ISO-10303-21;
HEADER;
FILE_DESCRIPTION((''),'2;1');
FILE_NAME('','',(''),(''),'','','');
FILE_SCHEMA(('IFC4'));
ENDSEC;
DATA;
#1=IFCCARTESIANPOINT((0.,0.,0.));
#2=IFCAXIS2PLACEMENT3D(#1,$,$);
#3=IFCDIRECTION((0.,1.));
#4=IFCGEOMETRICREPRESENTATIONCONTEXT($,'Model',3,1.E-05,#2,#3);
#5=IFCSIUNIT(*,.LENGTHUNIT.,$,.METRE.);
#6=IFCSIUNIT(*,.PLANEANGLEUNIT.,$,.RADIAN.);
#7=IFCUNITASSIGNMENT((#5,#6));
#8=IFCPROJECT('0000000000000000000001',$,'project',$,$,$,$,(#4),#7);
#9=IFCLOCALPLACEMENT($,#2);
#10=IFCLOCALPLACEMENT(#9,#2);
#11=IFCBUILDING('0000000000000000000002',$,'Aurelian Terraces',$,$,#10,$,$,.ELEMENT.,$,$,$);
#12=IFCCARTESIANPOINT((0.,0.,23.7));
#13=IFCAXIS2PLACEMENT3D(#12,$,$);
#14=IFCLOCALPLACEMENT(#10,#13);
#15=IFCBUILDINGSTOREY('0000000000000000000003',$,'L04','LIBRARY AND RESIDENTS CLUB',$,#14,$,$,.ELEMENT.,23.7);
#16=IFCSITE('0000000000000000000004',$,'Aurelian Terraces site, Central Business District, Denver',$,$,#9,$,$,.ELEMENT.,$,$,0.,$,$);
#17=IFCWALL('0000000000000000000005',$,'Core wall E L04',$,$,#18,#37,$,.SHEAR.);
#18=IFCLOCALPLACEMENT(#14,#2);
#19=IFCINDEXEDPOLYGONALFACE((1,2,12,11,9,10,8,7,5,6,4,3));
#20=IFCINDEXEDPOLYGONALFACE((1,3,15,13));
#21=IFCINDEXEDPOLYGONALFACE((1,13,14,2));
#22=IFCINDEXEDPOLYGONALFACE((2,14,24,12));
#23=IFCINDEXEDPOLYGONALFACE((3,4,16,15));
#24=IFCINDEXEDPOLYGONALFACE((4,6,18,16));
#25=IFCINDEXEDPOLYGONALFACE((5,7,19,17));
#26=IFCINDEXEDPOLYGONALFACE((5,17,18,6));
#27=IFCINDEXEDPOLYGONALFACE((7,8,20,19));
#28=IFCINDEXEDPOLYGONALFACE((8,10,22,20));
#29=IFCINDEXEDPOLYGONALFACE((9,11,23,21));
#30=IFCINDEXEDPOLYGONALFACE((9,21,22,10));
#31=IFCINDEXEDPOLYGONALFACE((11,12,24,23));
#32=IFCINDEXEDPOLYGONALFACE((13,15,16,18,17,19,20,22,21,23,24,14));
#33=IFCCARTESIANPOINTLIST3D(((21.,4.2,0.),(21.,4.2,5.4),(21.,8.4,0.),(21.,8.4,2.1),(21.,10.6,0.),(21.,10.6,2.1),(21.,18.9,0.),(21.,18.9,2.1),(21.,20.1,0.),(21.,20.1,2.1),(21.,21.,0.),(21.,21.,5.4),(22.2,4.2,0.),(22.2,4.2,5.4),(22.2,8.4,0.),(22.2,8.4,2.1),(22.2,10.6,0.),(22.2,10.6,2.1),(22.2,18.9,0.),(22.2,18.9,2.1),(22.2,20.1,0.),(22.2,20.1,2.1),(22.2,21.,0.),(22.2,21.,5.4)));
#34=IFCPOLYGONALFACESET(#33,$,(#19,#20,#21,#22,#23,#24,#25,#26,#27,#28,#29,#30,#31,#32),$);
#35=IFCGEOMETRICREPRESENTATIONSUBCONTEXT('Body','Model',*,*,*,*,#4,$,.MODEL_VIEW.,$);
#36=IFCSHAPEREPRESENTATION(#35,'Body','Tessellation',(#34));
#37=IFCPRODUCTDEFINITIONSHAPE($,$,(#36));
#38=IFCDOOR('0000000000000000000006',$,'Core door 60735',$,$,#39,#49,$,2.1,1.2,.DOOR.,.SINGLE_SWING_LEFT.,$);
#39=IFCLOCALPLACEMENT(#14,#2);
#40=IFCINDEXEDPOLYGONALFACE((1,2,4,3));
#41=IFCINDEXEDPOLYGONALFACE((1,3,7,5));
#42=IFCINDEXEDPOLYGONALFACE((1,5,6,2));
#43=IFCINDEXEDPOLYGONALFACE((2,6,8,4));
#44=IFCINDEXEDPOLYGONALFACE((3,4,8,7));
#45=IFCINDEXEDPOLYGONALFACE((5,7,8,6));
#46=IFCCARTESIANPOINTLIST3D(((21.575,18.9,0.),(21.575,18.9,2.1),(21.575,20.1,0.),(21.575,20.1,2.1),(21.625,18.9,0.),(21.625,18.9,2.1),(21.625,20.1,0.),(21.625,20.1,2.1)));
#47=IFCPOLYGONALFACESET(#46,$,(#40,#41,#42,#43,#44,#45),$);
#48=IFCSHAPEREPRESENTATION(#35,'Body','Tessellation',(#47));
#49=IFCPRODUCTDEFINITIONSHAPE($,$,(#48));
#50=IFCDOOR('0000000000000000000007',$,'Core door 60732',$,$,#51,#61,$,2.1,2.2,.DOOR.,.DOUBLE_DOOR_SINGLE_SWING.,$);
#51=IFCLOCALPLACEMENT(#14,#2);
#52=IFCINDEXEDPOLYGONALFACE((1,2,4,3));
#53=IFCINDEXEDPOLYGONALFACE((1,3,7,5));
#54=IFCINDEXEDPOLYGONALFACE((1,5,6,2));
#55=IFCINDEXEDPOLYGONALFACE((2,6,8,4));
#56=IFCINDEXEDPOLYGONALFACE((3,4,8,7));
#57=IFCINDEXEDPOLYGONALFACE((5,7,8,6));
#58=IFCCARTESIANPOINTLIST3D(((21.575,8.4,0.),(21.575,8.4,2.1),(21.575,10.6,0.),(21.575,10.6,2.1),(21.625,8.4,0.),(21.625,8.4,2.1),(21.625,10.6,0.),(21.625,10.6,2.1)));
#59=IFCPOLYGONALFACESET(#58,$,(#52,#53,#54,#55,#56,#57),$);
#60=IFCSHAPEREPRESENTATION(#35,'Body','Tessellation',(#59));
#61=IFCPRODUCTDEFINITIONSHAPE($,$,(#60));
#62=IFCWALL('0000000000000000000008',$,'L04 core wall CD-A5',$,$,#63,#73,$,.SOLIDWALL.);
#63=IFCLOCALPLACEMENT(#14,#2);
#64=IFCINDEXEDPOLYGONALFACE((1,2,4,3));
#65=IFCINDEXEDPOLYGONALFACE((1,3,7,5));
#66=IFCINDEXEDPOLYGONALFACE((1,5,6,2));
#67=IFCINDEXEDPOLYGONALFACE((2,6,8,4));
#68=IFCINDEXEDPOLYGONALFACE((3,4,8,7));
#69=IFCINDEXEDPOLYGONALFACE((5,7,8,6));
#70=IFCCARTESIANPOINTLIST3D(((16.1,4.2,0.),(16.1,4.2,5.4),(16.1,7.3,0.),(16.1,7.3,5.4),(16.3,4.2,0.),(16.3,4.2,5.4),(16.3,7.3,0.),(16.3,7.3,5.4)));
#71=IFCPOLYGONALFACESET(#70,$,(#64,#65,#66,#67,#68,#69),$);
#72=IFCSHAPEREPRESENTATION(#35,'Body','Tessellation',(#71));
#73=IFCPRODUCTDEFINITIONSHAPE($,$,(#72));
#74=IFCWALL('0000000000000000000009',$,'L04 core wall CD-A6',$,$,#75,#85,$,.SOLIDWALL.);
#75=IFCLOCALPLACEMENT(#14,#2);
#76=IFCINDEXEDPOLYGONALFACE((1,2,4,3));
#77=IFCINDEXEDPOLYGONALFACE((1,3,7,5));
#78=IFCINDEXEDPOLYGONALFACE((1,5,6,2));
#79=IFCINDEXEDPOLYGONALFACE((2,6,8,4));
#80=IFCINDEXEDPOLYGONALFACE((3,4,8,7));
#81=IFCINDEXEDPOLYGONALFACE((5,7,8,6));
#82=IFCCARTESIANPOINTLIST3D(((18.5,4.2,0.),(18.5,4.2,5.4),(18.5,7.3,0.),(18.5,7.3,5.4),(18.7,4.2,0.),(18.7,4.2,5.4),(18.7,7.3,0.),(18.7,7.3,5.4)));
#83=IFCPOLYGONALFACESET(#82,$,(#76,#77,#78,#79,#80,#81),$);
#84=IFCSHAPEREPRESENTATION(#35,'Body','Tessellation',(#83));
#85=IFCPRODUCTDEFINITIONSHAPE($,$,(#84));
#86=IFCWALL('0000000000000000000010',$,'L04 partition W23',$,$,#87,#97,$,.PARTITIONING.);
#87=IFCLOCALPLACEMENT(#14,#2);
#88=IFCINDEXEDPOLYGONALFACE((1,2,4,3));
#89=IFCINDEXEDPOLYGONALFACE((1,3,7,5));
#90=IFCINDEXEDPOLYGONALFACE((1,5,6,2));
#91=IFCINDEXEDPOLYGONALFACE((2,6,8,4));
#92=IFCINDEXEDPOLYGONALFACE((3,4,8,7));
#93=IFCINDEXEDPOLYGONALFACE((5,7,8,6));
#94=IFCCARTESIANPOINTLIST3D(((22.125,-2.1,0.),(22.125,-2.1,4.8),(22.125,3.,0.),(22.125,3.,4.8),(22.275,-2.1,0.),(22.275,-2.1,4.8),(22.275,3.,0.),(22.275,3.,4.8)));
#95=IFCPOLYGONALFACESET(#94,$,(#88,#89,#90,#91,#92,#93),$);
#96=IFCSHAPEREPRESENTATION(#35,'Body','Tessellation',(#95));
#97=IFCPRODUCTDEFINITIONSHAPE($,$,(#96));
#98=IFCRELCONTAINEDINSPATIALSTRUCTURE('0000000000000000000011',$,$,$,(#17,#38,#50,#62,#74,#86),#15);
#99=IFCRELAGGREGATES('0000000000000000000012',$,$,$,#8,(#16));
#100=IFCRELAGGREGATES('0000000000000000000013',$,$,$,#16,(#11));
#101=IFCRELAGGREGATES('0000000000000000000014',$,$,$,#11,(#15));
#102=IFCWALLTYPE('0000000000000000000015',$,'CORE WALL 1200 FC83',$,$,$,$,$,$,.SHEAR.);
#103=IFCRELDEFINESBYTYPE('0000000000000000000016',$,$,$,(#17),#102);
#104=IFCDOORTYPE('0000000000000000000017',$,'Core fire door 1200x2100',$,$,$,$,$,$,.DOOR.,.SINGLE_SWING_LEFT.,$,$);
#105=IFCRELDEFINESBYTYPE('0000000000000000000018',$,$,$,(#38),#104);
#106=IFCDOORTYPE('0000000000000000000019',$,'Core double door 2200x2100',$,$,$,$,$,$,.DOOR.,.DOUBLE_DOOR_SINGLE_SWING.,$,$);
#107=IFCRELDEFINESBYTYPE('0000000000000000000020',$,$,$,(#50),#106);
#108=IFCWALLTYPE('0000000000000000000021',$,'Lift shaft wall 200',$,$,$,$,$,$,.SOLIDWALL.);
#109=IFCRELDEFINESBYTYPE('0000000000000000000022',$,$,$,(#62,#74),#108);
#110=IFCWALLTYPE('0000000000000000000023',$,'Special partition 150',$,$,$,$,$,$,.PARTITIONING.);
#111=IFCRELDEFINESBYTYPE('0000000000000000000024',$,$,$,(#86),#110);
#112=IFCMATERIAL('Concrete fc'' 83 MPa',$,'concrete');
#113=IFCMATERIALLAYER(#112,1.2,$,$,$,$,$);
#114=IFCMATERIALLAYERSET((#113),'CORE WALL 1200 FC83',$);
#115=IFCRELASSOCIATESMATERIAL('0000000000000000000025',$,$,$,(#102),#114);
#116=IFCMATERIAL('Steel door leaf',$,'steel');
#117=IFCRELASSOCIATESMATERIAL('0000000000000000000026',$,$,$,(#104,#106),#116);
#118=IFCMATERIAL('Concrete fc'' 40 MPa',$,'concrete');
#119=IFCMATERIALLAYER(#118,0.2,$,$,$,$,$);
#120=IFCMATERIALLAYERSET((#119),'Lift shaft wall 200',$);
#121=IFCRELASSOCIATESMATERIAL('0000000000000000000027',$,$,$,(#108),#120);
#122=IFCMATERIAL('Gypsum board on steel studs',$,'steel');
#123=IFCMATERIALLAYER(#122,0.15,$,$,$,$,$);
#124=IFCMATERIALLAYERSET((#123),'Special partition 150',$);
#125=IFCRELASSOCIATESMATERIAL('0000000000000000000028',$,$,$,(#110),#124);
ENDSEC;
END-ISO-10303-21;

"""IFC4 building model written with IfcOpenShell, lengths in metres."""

from ifc_helpers import new_model, si_unit, direction, frame, frame_2d, origin, place, context, subcontext, project, spatial, rectangle, extrude, source, transform, mapped, material, layer, layer_set, type_object, element, fill, save


model = new_model("IFC4")

# Units and contexts
model_context = context("Model", 3, precision=1e-05, world=origin(), true_north=direction((0.0, 1.0)))
body_context = subcontext(model_context, "Body", "Model", "MODEL_VIEW")
ifc_project = project(units=[si_unit("LENGTHUNIT", "METRE"), si_unit("PLANEANGLEUNIT", "RADIAN")], contexts=[model_context])

# Site, building, storey
site_placement = place(None, origin())
site = spatial("IfcSite", under=ifc_project, at=site_placement, Name="Aurelian Terraces site, Central Business District, Denver", CompositionType="ELEMENT", RefElevation=0.0)
building_placement = place(site_placement, origin())
building = spatial("IfcBuilding", under=site, at=building_placement, Name="Aurelian Terraces", CompositionType="ELEMENT")
storey_placement = place(building_placement, frame((0.0, 0.0, 23.7)))
storey = spatial("IfcBuildingStorey", under=building, at=storey_placement, Name="L04", Description="LIBRARY AND RESIDENTS CLUB", CompositionType="ELEMENT", Elevation=23.7)

# Shared definitions
ifc_material_1 = material(Name="Concrete fc' 83 MPa", Category="concrete")

# Wall, openings, doors
ifc_layer_1 = layer(ifc_material_1, 1.2)
ifc_layer_set_1 = layer_set([ifc_layer_1], Name="CORE WALL 1200 FC83")
wall_type_1 = type_object("IfcWallType", Name="CORE WALL 1200 FC83", PredefinedType="SHEAR", material=ifc_layer_set_1)
shared_shape_1 = source(origin(), body_context, "Body", "SweptSolid", [
    extrude(rectangle(XDim=16.8, YDim=1.2, at=frame_2d((8.4, 0.0))), origin(), (0.0, 0.0, 1.0), 5.4),
])
wall_1_placement = place(storey_placement, frame((21.6, 4.2, 0.0), z_axis=(0.0, 0.0, 1.0), x_axis=(0.0, 1.0, 0.0)))
wall_1 = element("IfcWall", 1, at=wall_1_placement, inside=storey, type_object=wall_type_1, Name="Core wall E L04", PredefinedType="SHEAR", context=body_context, shape_type="MappedRepresentation", body=[
    mapped(shared_shape_1, transform((0.0, 0.0, 0.0), scale=1.0)),
])
shared_shape_2 = source(origin(), body_context, "Body", "SweptSolid", [
    extrude(rectangle(XDim=2.2, YDim=2.1, at=frame_2d((1.1, 1.05))), frame((0.0, 0.61, 0.0), z_axis=(0.0, -1.0, 0.0), x_axis=(1.0, 0.0, 0.0)), (0.0, 0.0, 1.0), 1.22),
])
opening_1_placement = place(wall_1_placement, frame((4.2, 0.0, 0.0)))
opening_1 = element("IfcOpeningElement", 2, at=opening_1_placement, cuts=wall_1, PredefinedType="OPENING", context=body_context, shape_type="MappedRepresentation", body=[
    mapped(shared_shape_2, transform((0.0, 0.0, 0.0), scale=1.0)),
])
shared_shape_3 = source(origin(), body_context, "Body", "SweptSolid", [
    extrude(rectangle(XDim=1.2, YDim=2.1, at=frame_2d((0.6, 1.05))), frame((0.0, 0.61, 0.0), z_axis=(0.0, -1.0, 0.0), x_axis=(1.0, 0.0, 0.0)), (0.0, 0.0, 1.0), 1.22),
])
opening_2_placement = place(wall_1_placement, frame((14.7, 0.0, 0.0)))
opening_2 = element("IfcOpeningElement", 3, at=opening_2_placement, cuts=wall_1, PredefinedType="OPENING", context=body_context, shape_type="MappedRepresentation", body=[
    mapped(shared_shape_3, transform((0.0, 0.0, 0.0), scale=1.0)),
])
ifc_material_2 = material(Name="Steel door leaf", Category="steel")
door_type_1 = type_object("IfcDoorType", Name="Core fire door 1200x2100", OperationType="SINGLE_SWING_LEFT", PredefinedType="DOOR", material=ifc_material_2)
shared_shape_4 = source(origin(), body_context, "Body", "SweptSolid", [
    extrude(rectangle(XDim=1.2, YDim=2.1, at=frame_2d((0.6, 1.05))), frame((0.0, 0.025, 0.0), z_axis=(0.0, -1.0, 0.0), x_axis=(1.0, 0.0, 0.0)), (0.0, 0.0, 1.0), 0.05),
])
door_1_placement = place(opening_2_placement, origin())
door_1 = element("IfcDoor", 4, at=door_1_placement, inside=storey, type_object=door_type_1, Name="Core door 60735", OperationType="SINGLE_SWING_LEFT", OverallHeight=2.1, OverallWidth=1.2, PredefinedType="DOOR", context=body_context, shape_type="MappedRepresentation", body=[
    mapped(shared_shape_4, transform((0.0, 0.0, 0.0), scale=1.0)),
])
fill(opening_2, door_1)
door_type_2 = type_object("IfcDoorType", Name="Core double door 2200x2100", OperationType="DOUBLE_DOOR_SINGLE_SWING", PredefinedType="DOOR", material=ifc_material_2)
shared_shape_5 = source(origin(), body_context, "Body", "SweptSolid", [
    extrude(rectangle(XDim=2.2, YDim=2.1, at=frame_2d((1.1, 1.05))), frame((0.0, 0.025, 0.0), z_axis=(0.0, -1.0, 0.0), x_axis=(1.0, 0.0, 0.0)), (0.0, 0.0, 1.0), 0.05),
])
door_2_placement = place(opening_1_placement, origin())
door_2 = element("IfcDoor", 5, at=door_2_placement, inside=storey, type_object=door_type_2, Name="Core door 60732", OperationType="DOUBLE_DOOR_SINGLE_SWING", OverallHeight=2.1, OverallWidth=2.2, PredefinedType="DOOR", context=body_context, shape_type="MappedRepresentation", body=[
    mapped(shared_shape_5, transform((0.0, 0.0, 0.0), scale=1.0)),
])
fill(opening_1, door_2)

# Walls
ifc_material_3 = material(Name="Concrete fc' 40 MPa", Category="concrete")
ifc_layer_2 = layer(ifc_material_3, 0.2)
ifc_layer_set_2 = layer_set([ifc_layer_2], Name="Lift shaft wall 200")
wall_type_2 = type_object("IfcWallType", Name="Lift shaft wall 200", PredefinedType="SOLIDWALL", material=ifc_layer_set_2)
shared_shape_6 = source(origin(), body_context, "Body", "SweptSolid", [
    extrude(rectangle(XDim=3.1, YDim=0.2, at=frame_2d((1.55, 0.0))), origin(), (0.0, 0.0, 1.0), 5.4),
])
for number, where, z_axis, x_axis, name in (
    (6, (16.2, 4.2, 0.0), (0.0, 0.0, 1.0), (0.0, 1.0, 0.0), "L04 core wall CD-A5"),
    (7, (18.6, 4.2, 0.0), (0.0, 0.0, 1.0), (0.0, 1.0, 0.0), "L04 core wall CD-A6"),
):
    element("IfcWall", number, at=place(storey_placement, frame(where, z_axis=z_axis, x_axis=x_axis)), inside=storey, type_object=wall_type_2, Name=name, PredefinedType="SOLIDWALL", context=body_context, shape_type="MappedRepresentation", body=[
        mapped(shared_shape_6, transform((0.0, 0.0, 0.0), scale=1.0)),
    ])
ifc_material_4 = material(Name="Gypsum board on steel studs", Category="steel")
ifc_layer_3 = layer(ifc_material_4, 0.15)
ifc_layer_set_3 = layer_set([ifc_layer_3], Name="Special partition 150")
wall_type_3 = type_object("IfcWallType", Name="Special partition 150", PredefinedType="PARTITIONING", material=ifc_layer_set_3)
shared_shape_7 = source(origin(), body_context, "Body", "SweptSolid", [
    extrude(rectangle(XDim=5.1, YDim=0.15, at=frame_2d((2.55, 0.0))), origin(), (0.0, 0.0, 1.0), 4.8),
])
wall_2_placement = place(storey_placement, frame((22.2, -2.1, 0.0), z_axis=(0.0, 0.0, 1.0), x_axis=(0.0, 1.0, 0.0)))
element("IfcWall", 8, at=wall_2_placement, inside=storey, type_object=wall_type_3, Name="L04 partition W23", PredefinedType="PARTITIONING", context=body_context, shape_type="MappedRepresentation", body=[
    mapped(shared_shape_7, transform((0.0, 0.0, 0.0), scale=1.0)),
])

save(model, "model.ifc")
